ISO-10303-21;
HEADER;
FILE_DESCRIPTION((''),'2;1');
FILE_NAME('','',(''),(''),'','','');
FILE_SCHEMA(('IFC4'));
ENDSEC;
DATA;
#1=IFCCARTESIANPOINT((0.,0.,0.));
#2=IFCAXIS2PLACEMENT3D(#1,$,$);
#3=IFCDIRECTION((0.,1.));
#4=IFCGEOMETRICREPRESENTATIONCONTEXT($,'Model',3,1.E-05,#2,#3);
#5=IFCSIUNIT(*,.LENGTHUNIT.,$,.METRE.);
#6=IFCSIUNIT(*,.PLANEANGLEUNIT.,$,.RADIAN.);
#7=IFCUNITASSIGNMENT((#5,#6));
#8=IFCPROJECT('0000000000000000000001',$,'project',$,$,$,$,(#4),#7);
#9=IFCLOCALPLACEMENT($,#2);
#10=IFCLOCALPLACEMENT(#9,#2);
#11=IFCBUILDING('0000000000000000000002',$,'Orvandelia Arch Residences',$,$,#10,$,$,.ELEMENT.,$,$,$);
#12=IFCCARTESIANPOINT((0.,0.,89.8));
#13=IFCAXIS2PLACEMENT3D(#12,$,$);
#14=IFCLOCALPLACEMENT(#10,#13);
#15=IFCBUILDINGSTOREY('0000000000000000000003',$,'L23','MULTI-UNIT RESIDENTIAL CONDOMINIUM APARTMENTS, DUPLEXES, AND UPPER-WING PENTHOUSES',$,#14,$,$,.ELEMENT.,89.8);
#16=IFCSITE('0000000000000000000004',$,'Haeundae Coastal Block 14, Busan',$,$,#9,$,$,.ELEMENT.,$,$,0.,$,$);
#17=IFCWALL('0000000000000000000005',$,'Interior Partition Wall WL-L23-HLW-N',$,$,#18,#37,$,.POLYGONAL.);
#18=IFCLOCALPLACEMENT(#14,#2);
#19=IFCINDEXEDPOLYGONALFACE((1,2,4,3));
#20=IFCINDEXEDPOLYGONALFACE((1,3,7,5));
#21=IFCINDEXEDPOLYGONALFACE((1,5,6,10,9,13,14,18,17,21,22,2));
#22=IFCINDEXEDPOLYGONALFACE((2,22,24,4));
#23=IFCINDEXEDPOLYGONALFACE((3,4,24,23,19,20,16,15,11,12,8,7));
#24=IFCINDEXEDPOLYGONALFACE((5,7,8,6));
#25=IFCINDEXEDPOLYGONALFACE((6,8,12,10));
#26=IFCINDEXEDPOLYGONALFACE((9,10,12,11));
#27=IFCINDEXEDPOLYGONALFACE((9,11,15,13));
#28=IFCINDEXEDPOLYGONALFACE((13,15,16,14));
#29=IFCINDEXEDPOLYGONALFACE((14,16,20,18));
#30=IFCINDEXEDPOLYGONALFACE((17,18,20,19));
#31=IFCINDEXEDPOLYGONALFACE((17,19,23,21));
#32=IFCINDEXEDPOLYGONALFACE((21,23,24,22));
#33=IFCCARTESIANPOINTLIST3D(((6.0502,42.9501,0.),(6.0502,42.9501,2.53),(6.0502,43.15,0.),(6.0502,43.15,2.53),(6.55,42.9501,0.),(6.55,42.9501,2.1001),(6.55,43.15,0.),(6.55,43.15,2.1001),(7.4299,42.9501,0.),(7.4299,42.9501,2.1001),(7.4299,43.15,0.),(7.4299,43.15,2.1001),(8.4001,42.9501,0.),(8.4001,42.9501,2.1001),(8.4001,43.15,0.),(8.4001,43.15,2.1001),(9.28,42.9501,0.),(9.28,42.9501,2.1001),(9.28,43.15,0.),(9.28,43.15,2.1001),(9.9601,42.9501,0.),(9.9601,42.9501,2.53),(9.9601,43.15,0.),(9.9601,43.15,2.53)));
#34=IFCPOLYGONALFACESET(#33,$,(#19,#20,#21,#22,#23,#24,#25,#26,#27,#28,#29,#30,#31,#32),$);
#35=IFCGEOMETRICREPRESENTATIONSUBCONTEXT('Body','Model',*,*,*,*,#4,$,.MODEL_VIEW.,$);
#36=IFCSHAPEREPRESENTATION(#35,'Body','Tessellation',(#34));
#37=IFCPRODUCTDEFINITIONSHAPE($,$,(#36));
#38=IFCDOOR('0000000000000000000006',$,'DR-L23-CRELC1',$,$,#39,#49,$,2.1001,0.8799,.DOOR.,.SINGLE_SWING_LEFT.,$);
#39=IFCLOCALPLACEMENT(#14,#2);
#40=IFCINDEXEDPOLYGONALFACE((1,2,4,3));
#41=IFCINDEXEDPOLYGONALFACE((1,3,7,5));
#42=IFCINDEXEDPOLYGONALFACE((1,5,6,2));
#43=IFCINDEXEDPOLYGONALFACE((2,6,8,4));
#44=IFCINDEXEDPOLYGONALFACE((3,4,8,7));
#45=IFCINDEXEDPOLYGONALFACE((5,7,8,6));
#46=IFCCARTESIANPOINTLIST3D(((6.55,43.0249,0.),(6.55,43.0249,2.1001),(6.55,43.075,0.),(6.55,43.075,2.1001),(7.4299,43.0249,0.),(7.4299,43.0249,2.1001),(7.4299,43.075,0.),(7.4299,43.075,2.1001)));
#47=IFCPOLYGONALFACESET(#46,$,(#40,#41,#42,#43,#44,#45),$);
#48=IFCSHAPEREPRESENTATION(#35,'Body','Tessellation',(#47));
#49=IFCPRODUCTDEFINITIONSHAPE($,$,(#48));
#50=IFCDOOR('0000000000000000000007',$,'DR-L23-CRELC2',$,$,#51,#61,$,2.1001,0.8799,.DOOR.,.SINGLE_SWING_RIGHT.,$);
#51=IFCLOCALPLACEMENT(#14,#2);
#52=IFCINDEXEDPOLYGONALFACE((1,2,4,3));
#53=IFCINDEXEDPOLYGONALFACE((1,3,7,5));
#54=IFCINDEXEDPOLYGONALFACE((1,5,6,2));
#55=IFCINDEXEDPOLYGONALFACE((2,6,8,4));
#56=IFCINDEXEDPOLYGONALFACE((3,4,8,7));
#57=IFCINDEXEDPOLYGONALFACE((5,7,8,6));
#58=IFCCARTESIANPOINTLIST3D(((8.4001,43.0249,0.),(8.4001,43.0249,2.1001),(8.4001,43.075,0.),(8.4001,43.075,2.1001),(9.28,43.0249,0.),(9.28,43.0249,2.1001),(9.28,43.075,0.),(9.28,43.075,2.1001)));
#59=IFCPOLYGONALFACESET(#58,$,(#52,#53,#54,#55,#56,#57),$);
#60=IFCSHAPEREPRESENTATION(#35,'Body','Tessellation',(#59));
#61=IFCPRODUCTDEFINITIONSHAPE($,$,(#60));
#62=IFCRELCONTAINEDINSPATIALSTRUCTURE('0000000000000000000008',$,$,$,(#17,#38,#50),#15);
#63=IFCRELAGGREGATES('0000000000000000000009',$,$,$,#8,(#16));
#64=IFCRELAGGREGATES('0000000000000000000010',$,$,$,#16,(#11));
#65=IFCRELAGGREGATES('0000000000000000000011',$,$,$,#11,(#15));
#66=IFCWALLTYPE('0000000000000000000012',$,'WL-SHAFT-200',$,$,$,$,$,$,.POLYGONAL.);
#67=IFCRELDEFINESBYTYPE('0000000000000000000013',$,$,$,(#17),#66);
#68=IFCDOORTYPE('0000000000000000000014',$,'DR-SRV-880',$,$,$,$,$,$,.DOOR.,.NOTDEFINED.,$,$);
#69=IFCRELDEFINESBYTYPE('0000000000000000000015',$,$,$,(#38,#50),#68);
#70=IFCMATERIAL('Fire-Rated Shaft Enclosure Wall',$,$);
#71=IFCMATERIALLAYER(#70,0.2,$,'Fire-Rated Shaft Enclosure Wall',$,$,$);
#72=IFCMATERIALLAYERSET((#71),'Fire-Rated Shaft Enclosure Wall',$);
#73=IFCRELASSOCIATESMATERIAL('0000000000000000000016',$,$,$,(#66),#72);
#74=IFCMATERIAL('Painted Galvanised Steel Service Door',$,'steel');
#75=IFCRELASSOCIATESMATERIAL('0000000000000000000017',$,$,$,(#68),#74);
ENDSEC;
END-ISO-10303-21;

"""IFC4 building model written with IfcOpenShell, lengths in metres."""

from ifc_helpers import new_model, si_unit, direction, frame, frame_2d, origin, place, context, subcontext, project, spatial, rectangle, extrude, material, layer, layer_set, type_object, element, fill, save


model = new_model("IFC4")

# Units and contexts
model_context = context("Model", 3, precision=1e-05, world=origin(), true_north=direction((0.0, 1.0)))
body_context = subcontext(model_context, "Body", "Model", "MODEL_VIEW")
ifc_project = project(units=[si_unit("LENGTHUNIT", "METRE"), si_unit("PLANEANGLEUNIT", "RADIAN")], contexts=[model_context])

# Site, building, storey
site_placement = place(None, origin())
site = spatial("IfcSite", under=ifc_project, at=site_placement, Name="Haeundae Coastal Block 14, Busan", CompositionType="ELEMENT", RefElevation=0.0)
building_placement = place(site_placement, origin())
building = spatial("IfcBuilding", under=site, at=building_placement, Name="Orvandelia Arch Residences", CompositionType="ELEMENT")
storey_placement = place(building_placement, frame((0.0, 0.0, 89.8)))
storey = spatial("IfcBuildingStorey", under=building, at=storey_placement, Name="L23", Description="MULTI-UNIT RESIDENTIAL CONDOMINIUM APARTMENTS, DUPLEXES, AND UPPER-WING PENTHOUSES", CompositionType="ELEMENT", Elevation=89.8)

# Wall, openings, doors
ifc_material_1 = material(Name="Fire-Rated Shaft Enclosure Wall")
ifc_layer_1 = layer(ifc_material_1, 0.2, Name="Fire-Rated Shaft Enclosure Wall")
ifc_layer_set_1 = layer_set([ifc_layer_1], Name="Fire-Rated Shaft Enclosure Wall")
wall_type_1 = type_object("IfcWallType", Name="WL-SHAFT-200", PredefinedType="POLYGONAL", material=ifc_layer_set_1)
wall_1_placement = place(storey_placement, frame((6.05, 43.05, 0.0), z_axis=(0.0, 0.0, 1.0), x_axis=(1.0, 0.0, 0.0)))
wall_1 = element("IfcWall", 1, at=wall_1_placement, inside=storey, type_object=wall_type_1, Name="Interior Partition Wall WL-L23-HLW-N", PredefinedType="POLYGONAL", context=body_context, shape_type="SweptSolid", body=[
    extrude(rectangle(XDim=3.9099, YDim=0.2, at=frame_2d((1.9551, 0.0))), origin(), (0.0, 0.0, 1.0), 2.53),
])
opening_1_placement = place(wall_1_placement, frame((0.5, 0.0, 0.0)))
opening_1 = element("IfcOpeningElement", 2, at=opening_1_placement, cuts=wall_1, PredefinedType="OPENING", context=body_context, shape_type="SweptSolid", body=[
    extrude(rectangle(XDim=0.8799, YDim=2.1001, at=frame_2d((0.4399, 1.05))), frame((0.0, 0.1099, 0.0), z_axis=(0.0, -1.0, 0.0), x_axis=(1.0, 0.0, 0.0)), (0.0, 0.0, 1.0), 0.22),
])
opening_2_placement = place(wall_1_placement, frame((2.3501, 0.0, 0.0)))
opening_2 = element("IfcOpeningElement", 3, at=opening_2_placement, cuts=wall_1, PredefinedType="OPENING", context=body_context, shape_type="SweptSolid", body=[
    extrude(rectangle(XDim=0.8799, YDim=2.1001, at=frame_2d((0.4399, 1.05))), frame((0.0, 0.1099, 0.0), z_axis=(0.0, -1.0, 0.0), x_axis=(1.0, 0.0, 0.0)), (0.0, 0.0, 1.0), 0.22),
])
ifc_material_2 = material(Name="Painted Galvanised Steel Service Door", Category="steel")
door_type = type_object("IfcDoorType", Name="DR-SRV-880", OperationType="NOTDEFINED", PredefinedType="DOOR", material=ifc_material_2)
door_1_placement = place(opening_1_placement, origin())
door_1 = element("IfcDoor", 4, at=door_1_placement, inside=storey, type_object=door_type, Name="DR-L23-CRELC1", OperationType="SINGLE_SWING_LEFT", OverallHeight=2.1001, OverallWidth=0.8799, PredefinedType="DOOR", context=body_context, shape_type="SweptSolid", body=[
    extrude(rectangle(XDim=0.8799, YDim=2.1001, at=frame_2d((0.4399, 1.05))), frame((0.0, 0.0249, 0.0), z_axis=(0.0, -1.0, 0.0), x_axis=(1.0, 0.0, 0.0)), (0.0, 0.0, 1.0), 0.05),
])
fill(opening_1, door_1)
door_2_placement = place(opening_2_placement, origin())
door_2 = element("IfcDoor", 5, at=door_2_placement, inside=storey, type_object=door_type, Name="DR-L23-CRELC2", OperationType="SINGLE_SWING_RIGHT", OverallHeight=2.1001, OverallWidth=0.8799, PredefinedType="DOOR", context=body_context, shape_type="SweptSolid", body=[
    extrude(rectangle(XDim=0.8799, YDim=2.1001, at=frame_2d((0.4399, 1.05))), frame((0.0, 0.0249, 0.0), z_axis=(0.0, -1.0, 0.0), x_axis=(1.0, 0.0, 0.0)), (0.0, 0.0, 1.0), 0.05),
])
fill(opening_2, door_2)

save(model, "model.ifc")
